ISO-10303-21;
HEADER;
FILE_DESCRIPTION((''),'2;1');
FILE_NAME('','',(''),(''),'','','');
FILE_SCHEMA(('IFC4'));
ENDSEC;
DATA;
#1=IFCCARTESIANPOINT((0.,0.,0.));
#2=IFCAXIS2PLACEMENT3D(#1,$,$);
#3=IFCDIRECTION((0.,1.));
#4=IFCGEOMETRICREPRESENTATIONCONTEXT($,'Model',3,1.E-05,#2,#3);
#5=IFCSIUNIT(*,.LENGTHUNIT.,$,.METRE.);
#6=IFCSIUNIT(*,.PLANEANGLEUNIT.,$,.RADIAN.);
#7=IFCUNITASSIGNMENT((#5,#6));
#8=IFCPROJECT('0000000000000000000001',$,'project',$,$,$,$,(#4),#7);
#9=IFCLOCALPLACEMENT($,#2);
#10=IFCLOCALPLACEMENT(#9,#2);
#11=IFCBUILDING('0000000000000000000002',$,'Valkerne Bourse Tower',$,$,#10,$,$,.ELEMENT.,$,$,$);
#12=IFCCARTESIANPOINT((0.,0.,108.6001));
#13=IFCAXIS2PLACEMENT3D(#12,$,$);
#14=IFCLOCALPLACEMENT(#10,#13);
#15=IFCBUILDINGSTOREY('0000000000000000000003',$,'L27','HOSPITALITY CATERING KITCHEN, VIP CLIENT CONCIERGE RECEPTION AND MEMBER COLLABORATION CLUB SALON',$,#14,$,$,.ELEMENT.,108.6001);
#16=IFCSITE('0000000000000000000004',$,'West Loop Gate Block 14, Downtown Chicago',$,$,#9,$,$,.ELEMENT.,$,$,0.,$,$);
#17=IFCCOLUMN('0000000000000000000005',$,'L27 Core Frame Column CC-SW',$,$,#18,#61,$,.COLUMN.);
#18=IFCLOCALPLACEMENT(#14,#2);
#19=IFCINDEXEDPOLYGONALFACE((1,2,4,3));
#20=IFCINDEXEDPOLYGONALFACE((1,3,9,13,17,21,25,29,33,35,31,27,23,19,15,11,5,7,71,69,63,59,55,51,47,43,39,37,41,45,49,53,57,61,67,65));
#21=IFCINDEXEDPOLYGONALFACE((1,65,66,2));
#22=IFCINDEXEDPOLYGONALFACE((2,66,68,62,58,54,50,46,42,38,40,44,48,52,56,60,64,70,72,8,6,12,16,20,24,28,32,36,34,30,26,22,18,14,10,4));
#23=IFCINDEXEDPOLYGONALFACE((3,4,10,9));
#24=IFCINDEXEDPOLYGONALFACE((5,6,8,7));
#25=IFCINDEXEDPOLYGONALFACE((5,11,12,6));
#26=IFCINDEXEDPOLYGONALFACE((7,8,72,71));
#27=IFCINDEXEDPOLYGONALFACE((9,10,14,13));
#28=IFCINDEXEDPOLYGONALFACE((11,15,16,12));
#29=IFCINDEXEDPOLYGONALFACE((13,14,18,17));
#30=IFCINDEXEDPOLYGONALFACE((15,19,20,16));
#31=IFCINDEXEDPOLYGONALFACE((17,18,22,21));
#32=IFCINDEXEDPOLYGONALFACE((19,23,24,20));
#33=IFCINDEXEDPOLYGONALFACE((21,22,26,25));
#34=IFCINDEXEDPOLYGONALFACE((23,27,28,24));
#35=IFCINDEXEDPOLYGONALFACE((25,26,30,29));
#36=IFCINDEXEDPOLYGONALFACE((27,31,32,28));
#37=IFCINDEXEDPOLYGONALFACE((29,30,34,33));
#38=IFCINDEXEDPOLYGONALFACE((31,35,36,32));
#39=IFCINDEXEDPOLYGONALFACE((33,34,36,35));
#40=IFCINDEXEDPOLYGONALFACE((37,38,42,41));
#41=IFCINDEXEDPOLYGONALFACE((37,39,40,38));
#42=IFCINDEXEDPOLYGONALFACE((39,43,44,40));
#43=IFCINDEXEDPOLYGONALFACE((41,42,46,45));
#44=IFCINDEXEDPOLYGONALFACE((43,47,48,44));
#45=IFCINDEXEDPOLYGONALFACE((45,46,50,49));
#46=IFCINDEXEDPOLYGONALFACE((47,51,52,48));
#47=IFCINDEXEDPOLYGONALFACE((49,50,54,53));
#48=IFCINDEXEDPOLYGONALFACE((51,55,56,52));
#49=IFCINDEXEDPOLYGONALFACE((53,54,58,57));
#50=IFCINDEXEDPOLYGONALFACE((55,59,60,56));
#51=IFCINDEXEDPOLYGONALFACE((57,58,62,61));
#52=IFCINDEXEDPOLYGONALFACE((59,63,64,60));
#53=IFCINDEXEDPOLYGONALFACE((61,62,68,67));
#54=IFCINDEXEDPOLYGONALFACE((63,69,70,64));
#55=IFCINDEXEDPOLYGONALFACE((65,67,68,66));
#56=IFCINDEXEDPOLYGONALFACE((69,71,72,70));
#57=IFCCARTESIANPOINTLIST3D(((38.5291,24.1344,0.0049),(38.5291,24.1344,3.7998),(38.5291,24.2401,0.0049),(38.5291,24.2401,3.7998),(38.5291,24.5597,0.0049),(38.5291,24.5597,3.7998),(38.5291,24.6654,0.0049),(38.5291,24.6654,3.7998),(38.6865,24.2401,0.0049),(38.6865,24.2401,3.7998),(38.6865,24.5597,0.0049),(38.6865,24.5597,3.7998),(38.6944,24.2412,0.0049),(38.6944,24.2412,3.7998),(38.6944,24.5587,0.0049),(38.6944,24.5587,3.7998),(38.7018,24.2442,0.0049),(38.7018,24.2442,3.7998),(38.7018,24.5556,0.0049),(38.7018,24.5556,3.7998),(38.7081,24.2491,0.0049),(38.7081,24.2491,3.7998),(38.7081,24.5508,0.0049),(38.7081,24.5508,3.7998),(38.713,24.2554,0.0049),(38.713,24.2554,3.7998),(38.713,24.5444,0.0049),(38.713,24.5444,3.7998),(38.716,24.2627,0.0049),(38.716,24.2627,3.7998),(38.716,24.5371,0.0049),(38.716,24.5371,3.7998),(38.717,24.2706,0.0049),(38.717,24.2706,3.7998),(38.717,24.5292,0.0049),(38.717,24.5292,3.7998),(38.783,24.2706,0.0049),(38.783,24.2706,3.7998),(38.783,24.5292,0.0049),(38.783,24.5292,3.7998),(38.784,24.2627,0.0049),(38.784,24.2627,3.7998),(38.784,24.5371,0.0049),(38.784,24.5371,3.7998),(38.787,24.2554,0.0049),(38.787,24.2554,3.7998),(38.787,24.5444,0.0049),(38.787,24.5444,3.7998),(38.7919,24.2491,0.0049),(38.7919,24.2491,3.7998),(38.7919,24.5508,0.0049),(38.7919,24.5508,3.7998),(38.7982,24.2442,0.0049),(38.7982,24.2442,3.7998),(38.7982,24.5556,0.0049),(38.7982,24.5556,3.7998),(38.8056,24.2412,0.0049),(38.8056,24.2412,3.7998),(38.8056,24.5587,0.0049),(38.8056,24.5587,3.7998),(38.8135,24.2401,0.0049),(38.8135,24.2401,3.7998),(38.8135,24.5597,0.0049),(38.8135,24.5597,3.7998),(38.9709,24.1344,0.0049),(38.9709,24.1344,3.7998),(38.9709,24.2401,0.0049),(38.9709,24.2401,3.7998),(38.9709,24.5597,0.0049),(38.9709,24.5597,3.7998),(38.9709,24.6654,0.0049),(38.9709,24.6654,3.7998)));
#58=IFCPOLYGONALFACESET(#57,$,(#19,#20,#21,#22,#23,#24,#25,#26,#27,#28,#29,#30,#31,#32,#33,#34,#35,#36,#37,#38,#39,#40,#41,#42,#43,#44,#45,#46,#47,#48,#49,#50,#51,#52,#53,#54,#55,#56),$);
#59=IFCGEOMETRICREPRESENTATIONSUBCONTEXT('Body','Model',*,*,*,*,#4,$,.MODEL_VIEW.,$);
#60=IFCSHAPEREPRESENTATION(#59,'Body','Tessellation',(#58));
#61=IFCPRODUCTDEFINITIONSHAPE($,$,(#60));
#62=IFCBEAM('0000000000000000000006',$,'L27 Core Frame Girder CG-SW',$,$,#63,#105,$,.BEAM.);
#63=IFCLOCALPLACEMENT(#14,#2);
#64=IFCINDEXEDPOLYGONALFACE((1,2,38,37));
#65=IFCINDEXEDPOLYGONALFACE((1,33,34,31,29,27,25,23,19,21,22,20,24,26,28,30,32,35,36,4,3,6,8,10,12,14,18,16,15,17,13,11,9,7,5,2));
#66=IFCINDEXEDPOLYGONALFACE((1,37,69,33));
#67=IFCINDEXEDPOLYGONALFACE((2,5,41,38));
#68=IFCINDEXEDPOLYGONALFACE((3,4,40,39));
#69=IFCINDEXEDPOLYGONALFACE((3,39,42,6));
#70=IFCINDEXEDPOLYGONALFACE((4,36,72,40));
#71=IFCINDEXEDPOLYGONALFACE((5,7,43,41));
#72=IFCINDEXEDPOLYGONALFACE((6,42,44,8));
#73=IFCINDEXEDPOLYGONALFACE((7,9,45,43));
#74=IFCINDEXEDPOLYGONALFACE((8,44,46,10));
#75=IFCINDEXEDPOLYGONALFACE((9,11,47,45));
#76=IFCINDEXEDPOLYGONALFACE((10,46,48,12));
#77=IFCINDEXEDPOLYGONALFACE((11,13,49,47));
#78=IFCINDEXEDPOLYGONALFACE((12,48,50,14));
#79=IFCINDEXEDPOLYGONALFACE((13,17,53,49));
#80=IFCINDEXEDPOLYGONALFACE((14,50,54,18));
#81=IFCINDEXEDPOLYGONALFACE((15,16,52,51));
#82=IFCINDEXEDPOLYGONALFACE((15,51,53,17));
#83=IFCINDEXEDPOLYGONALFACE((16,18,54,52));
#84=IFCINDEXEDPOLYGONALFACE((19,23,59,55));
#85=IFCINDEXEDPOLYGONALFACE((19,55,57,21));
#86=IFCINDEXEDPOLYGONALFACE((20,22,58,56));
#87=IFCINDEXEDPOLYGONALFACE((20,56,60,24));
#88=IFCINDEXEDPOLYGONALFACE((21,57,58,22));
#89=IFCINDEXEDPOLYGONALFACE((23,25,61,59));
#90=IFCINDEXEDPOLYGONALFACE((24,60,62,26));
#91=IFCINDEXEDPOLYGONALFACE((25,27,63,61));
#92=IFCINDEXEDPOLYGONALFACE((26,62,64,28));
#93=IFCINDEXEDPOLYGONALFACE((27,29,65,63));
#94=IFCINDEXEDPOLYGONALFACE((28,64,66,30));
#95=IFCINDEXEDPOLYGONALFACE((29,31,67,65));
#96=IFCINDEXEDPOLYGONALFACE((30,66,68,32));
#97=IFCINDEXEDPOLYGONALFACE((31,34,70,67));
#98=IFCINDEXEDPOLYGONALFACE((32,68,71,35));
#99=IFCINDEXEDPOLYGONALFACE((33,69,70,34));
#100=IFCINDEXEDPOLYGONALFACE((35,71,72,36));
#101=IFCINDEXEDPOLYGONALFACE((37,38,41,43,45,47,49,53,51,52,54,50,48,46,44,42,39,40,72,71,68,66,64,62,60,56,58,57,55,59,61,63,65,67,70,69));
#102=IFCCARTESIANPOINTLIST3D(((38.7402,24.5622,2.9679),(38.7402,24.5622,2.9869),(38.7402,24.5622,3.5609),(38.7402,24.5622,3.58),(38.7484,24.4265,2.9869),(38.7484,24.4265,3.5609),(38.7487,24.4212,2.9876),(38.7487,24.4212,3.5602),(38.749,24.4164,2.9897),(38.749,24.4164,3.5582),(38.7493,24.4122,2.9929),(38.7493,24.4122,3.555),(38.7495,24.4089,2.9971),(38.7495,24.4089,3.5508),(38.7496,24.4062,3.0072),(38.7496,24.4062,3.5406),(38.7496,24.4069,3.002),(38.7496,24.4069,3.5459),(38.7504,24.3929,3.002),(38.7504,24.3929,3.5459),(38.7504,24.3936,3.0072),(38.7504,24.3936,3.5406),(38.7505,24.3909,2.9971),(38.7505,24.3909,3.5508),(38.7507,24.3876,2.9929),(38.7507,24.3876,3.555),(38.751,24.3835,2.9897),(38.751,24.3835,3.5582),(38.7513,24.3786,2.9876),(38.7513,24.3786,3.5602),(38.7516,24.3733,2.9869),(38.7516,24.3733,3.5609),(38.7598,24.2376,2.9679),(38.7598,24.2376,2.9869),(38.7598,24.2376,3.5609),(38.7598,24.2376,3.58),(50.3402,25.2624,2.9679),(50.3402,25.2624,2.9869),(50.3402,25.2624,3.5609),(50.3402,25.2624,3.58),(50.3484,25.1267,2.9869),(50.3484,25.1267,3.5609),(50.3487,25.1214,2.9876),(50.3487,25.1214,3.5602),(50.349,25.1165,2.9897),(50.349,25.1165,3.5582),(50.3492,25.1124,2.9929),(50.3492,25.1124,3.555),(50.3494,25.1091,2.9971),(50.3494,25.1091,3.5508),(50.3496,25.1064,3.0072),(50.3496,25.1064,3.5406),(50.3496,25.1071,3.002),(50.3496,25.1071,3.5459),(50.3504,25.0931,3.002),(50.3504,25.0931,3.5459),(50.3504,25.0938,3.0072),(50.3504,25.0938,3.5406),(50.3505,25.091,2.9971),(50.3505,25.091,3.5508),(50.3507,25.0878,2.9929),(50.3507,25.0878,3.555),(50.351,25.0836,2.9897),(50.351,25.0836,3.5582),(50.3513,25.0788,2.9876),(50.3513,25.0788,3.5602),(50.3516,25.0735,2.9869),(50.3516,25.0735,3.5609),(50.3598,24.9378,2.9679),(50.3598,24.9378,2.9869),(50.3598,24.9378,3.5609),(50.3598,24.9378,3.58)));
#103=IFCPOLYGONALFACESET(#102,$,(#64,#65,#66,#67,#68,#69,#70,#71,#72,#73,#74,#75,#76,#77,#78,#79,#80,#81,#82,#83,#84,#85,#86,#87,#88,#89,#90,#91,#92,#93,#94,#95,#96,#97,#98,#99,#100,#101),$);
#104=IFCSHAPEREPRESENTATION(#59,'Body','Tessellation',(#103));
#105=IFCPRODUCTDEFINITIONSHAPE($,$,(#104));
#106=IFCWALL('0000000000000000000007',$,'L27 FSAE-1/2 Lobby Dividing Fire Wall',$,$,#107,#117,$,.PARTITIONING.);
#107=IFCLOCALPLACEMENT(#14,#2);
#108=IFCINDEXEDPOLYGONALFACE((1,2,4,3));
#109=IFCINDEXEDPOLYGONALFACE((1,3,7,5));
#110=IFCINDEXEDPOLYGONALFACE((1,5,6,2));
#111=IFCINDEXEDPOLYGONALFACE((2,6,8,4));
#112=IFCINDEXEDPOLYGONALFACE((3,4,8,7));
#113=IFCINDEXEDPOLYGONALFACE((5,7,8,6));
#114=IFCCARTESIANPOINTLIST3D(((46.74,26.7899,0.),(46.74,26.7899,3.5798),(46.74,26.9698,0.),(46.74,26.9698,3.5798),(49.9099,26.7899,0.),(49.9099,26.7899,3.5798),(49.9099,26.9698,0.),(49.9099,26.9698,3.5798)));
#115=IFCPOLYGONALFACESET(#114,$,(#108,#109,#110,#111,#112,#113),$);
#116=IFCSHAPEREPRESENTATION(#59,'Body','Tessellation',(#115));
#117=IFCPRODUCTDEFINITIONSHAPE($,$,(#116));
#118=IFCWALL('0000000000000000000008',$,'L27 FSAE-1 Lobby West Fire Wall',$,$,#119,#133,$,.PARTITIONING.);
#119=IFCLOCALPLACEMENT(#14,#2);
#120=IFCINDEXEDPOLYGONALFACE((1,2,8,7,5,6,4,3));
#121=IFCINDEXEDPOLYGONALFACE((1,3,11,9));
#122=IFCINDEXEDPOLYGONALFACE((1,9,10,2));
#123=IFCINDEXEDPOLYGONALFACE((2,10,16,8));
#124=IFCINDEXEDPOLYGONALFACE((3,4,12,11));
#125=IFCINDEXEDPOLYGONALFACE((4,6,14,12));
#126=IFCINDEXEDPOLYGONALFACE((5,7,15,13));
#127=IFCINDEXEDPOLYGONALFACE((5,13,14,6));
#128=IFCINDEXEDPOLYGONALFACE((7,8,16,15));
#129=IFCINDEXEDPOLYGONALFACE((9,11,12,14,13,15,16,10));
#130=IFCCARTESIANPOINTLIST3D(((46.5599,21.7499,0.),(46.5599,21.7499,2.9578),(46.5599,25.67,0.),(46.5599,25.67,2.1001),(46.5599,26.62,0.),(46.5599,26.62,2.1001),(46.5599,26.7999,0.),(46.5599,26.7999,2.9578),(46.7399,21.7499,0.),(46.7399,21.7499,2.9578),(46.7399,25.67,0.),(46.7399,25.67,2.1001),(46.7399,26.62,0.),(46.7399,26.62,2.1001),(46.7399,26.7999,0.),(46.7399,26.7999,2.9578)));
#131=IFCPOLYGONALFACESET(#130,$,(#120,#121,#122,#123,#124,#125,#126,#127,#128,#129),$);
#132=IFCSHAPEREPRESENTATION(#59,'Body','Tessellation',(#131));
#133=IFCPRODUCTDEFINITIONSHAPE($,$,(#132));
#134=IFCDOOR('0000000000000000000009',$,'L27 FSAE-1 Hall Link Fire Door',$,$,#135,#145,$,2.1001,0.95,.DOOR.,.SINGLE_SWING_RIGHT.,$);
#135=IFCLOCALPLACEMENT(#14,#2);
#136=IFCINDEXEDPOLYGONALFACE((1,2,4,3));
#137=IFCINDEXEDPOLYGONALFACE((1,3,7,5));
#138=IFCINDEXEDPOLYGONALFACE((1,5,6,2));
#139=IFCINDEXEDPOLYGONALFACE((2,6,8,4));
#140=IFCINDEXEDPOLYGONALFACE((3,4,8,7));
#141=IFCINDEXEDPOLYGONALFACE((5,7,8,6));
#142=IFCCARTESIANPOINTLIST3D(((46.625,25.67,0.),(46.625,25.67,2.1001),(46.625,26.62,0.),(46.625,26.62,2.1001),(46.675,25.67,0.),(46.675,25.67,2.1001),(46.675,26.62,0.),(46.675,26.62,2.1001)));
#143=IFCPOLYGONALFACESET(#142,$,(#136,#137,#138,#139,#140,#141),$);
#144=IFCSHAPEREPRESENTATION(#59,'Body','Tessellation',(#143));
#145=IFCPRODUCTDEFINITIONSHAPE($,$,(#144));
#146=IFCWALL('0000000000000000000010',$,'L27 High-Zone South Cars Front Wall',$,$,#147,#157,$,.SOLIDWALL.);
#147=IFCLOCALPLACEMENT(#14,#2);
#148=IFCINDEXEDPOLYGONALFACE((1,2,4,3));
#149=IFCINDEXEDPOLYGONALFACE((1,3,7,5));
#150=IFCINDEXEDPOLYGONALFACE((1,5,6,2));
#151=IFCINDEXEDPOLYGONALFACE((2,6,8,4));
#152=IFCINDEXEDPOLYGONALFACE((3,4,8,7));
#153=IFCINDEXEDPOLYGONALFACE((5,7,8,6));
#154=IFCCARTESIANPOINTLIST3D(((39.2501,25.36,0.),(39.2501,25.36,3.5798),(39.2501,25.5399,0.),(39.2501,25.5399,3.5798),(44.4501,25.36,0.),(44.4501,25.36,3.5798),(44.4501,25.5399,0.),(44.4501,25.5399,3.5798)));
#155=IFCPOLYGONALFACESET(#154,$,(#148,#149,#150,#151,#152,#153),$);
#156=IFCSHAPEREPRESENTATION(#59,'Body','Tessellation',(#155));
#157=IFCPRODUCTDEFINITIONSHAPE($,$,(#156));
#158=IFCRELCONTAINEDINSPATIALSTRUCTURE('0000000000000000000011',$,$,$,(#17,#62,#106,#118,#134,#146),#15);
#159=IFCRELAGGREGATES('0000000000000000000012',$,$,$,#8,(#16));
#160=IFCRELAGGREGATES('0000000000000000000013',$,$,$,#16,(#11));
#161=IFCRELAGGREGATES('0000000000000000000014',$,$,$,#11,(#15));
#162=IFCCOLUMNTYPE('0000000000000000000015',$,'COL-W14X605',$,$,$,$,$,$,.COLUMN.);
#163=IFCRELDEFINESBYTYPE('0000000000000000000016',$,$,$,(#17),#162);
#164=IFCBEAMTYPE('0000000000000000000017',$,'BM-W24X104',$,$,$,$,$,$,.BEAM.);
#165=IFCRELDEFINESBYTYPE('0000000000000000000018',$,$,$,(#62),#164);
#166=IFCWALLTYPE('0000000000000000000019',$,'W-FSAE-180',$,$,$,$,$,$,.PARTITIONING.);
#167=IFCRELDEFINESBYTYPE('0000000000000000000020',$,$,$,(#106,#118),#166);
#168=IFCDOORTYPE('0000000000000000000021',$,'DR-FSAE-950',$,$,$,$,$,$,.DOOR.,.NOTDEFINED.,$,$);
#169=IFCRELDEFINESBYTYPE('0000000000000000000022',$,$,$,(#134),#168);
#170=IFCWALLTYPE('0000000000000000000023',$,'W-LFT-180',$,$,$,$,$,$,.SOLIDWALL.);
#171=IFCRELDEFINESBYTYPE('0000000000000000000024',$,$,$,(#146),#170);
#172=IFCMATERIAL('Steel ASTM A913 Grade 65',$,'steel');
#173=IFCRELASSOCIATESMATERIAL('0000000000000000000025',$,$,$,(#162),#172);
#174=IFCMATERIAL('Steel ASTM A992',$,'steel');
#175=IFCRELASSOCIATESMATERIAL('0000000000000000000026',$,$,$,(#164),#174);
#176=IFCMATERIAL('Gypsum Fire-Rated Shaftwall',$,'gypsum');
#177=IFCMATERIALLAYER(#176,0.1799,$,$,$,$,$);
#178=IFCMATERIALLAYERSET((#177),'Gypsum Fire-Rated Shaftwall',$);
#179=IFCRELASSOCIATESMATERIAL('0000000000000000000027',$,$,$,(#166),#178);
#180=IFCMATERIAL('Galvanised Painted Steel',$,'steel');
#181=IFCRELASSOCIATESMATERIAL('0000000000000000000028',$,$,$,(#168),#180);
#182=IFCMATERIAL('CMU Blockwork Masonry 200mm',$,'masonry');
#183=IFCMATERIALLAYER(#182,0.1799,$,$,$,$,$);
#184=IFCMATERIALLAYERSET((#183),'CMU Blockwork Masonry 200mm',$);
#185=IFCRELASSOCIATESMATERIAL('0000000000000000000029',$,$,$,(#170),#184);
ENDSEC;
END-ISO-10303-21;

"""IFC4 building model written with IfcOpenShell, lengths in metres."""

from ifc_helpers import new_model, si_unit, direction, frame, frame_2d, origin, origin_2d, place, context, subcontext, project, spatial, rectangle, i_section, extrude, material, layer, layer_set, material_profile, profile_set, type_object, element, fill, save


model = new_model("IFC4")

# Units and contexts
model_context = context("Model", 3, precision=1e-05, world=origin(), true_north=direction((0.0, 1.0)))
body_context = subcontext(model_context, "Body", "Model", "MODEL_VIEW")
ifc_project = project(units=[si_unit("LENGTHUNIT", "METRE"), si_unit("PLANEANGLEUNIT", "RADIAN")], contexts=[model_context])

# Site, building, storey
site_placement = place(None, origin())
site = spatial("IfcSite", under=ifc_project, at=site_placement, Name="West Loop Gate Block 14, Downtown Chicago", CompositionType="ELEMENT", RefElevation=0.0)
building_placement = place(site_placement, origin())
building = spatial("IfcBuilding", under=site, at=building_placement, Name="Valkerne Bourse Tower", CompositionType="ELEMENT")
storey_placement = place(building_placement, frame((0.0, 0.0, 108.6001)))
storey = spatial("IfcBuildingStorey", under=building, at=storey_placement, Name="L27", Description="HOSPITALITY CATERING KITCHEN, VIP CLIENT CONCIERGE RECEPTION AND MEMBER COLLABORATION CLUB SALON", CompositionType="ELEMENT", Elevation=108.6001)

# Column
ifc_material_1 = material(Name="Steel ASTM A913 Grade 65", Category="steel")
ifc_material_profile_1 = material_profile(ifc_material_1, i_section(OverallWidth=0.4419, OverallDepth=0.531, WebThickness=0.0659, FlangeThickness=0.1057, FilletRadius=0.0305, at=origin_2d()), Name="W14X605")
ifc_profile_set_1 = profile_set([ifc_material_profile_1], Name="Steel ASTM A913 Grade 65")
column_type = type_object("IfcColumnType", Name="COL-W14X605", PredefinedType="COLUMN", material=ifc_profile_set_1)
column_placement = place(storey_placement, frame((38.75, 24.3999, 0.0049), z_axis=(0.0, 0.0, 1.0), x_axis=(1.0, 0.0, 0.0)))
element("IfcColumn", 1, at=column_placement, inside=storey, type_object=column_type, Name="L27 Core Frame Column CC-SW", PredefinedType="COLUMN", context=body_context, shape_type="SweptSolid", body=[
    extrude(i_section(OverallWidth=0.4419, OverallDepth=0.531, WebThickness=0.0659, FlangeThickness=0.1057, FilletRadius=0.0305, at=origin_2d()), origin(), (0.0, 0.0, 1.0), 3.7949),
])

# Beam
ifc_material_2 = material(Name="Steel ASTM A992", Category="steel")
ifc_material_profile_2 = material_profile(ifc_material_2, i_section(OverallWidth=0.3252, OverallDepth=0.6121, WebThickness=0.0127, FlangeThickness=0.019, FilletRadius=0.0203, at=origin_2d()), Name="W24X104")
ifc_profile_set_2 = profile_set([ifc_material_profile_2], Name="Steel ASTM A992")
beam_type = type_object("IfcBeamType", Name="BM-W24X104", PredefinedType="BEAM", material=ifc_profile_set_2)
beam_placement = place(storey_placement, frame((38.75, 24.3999, 3.2739), z_axis=(0.998183, 0.060251, 0.0), x_axis=(-0.060251, 0.998183, 0.0)))
element("IfcBeam", 2, at=beam_placement, inside=storey, type_object=beam_type, Name="L27 Core Frame Girder CG-SW", PredefinedType="BEAM", context=body_context, shape_type="SweptSolid", body=[
    extrude(i_section(OverallWidth=0.3252, OverallDepth=0.6121, WebThickness=0.0127, FlangeThickness=0.019, FilletRadius=0.0203, at=origin_2d()), origin(), (0.0, 0.0, 1.0), 11.6211),
])

# Wall
ifc_material_3 = material(Name="Gypsum Fire-Rated Shaftwall", Category="gypsum")
ifc_layer_1 = layer(ifc_material_3, 0.1799)
ifc_layer_set_1 = layer_set([ifc_layer_1], Name="Gypsum Fire-Rated Shaftwall")
wall_type_1 = type_object("IfcWallType", Name="W-FSAE-180", PredefinedType="PARTITIONING", material=ifc_layer_set_1)
wall_1_placement = place(storey_placement, frame((46.74, 26.8799, 0.0), z_axis=(0.0, 0.0, 1.0), x_axis=(1.0, 0.0, 0.0)))
element("IfcWall", 3, at=wall_1_placement, inside=storey, type_object=wall_type_1, Name="L27 FSAE-1/2 Lobby Dividing Fire Wall", PredefinedType="PARTITIONING", context=body_context, shape_type="SweptSolid", body=[
    extrude(rectangle(XDim=3.1699, YDim=0.1799, at=frame_2d((1.585, 0.0))), origin(), (0.0, 0.0, 1.0), 3.5798),
])

# Wall, opening, door
wall_2_placement = place(storey_placement, frame((46.6499, 21.75, 0.0), z_axis=(0.0, 0.0, 1.0), x_axis=(0.0, 1.0, 0.0)))
wall_2 = element("IfcWall", 4, at=wall_2_placement, inside=storey, type_object=wall_type_1, Name="L27 FSAE-1 Lobby West Fire Wall", PredefinedType="PARTITIONING", context=body_context, shape_type="SweptSolid", body=[
    extrude(rectangle(XDim=5.05, YDim=0.1799, at=frame_2d((2.5249, 0.0))), origin(), (0.0, 0.0, 1.0), 2.9578),
])
opening_1_placement = place(wall_2_placement, frame((3.9199, 0.0, 0.0)))
opening_1 = element("IfcOpeningElement", 5, at=opening_1_placement, cuts=wall_2, PredefinedType="OPENING", context=body_context, shape_type="SweptSolid", body=[
    extrude(rectangle(XDim=0.95, YDim=2.1001, at=frame_2d((0.4751, 1.05))), frame((0.0, 0.0999, 0.0), z_axis=(0.0, -1.0, 0.0), x_axis=(1.0, 0.0, 0.0)), (0.0, 0.0, 1.0), 0.2),
])
ifc_material_4 = material(Name="Galvanised Painted Steel", Category="steel")
door_type_1 = type_object("IfcDoorType", Name="DR-FSAE-950", OperationType="NOTDEFINED", PredefinedType="DOOR", material=ifc_material_4)
door_1_placement = place(opening_1_placement, origin())
door_1 = element("IfcDoor", 6, at=door_1_placement, inside=storey, type_object=door_type_1, Name="L27 FSAE-1 Hall Link Fire Door", OperationType="SINGLE_SWING_RIGHT", OverallHeight=2.1001, OverallWidth=0.95, PredefinedType="DOOR", context=body_context, shape_type="SweptSolid", body=[
    extrude(rectangle(XDim=0.95, YDim=2.1001, at=frame_2d((0.4751, 1.05))), frame((0.0, 0.0249, 0.0), z_axis=(0.0, -1.0, 0.0), x_axis=(1.0, 0.0, 0.0)), (0.0, 0.0, 1.0), 0.05),
])
fill(opening_1, door_1)

# Shared definitions
ifc_material_5 = material(Name="CMU Blockwork Masonry 200mm", Category="masonry")
ifc_layer_2 = layer(ifc_material_5, 0.1799)
ifc_layer_set_2 = layer_set([ifc_layer_2], Name="CMU Blockwork Masonry 200mm")
wall_type_2 = type_object("IfcWallType", Name="W-LFT-180", PredefinedType="SOLIDWALL", material=ifc_layer_set_2)

# Wall
wall_3_placement = place(storey_placement, frame((39.25, 25.45, 0.0), z_axis=(0.0, 0.0, 1.0), x_axis=(1.0, 0.0, 0.0)))
element("IfcWall", 7, at=wall_3_placement, inside=storey, type_object=wall_type_2, Name="L27 High-Zone South Cars Front Wall", PredefinedType="SOLIDWALL", context=body_context, shape_type="SweptSolid", body=[
    extrude(rectangle(XDim=5.2, YDim=0.1799, at=frame_2d((2.6001, 0.0))), origin(), (0.0, 0.0, 1.0), 3.5798),
])

save(model, "model.ifc")
